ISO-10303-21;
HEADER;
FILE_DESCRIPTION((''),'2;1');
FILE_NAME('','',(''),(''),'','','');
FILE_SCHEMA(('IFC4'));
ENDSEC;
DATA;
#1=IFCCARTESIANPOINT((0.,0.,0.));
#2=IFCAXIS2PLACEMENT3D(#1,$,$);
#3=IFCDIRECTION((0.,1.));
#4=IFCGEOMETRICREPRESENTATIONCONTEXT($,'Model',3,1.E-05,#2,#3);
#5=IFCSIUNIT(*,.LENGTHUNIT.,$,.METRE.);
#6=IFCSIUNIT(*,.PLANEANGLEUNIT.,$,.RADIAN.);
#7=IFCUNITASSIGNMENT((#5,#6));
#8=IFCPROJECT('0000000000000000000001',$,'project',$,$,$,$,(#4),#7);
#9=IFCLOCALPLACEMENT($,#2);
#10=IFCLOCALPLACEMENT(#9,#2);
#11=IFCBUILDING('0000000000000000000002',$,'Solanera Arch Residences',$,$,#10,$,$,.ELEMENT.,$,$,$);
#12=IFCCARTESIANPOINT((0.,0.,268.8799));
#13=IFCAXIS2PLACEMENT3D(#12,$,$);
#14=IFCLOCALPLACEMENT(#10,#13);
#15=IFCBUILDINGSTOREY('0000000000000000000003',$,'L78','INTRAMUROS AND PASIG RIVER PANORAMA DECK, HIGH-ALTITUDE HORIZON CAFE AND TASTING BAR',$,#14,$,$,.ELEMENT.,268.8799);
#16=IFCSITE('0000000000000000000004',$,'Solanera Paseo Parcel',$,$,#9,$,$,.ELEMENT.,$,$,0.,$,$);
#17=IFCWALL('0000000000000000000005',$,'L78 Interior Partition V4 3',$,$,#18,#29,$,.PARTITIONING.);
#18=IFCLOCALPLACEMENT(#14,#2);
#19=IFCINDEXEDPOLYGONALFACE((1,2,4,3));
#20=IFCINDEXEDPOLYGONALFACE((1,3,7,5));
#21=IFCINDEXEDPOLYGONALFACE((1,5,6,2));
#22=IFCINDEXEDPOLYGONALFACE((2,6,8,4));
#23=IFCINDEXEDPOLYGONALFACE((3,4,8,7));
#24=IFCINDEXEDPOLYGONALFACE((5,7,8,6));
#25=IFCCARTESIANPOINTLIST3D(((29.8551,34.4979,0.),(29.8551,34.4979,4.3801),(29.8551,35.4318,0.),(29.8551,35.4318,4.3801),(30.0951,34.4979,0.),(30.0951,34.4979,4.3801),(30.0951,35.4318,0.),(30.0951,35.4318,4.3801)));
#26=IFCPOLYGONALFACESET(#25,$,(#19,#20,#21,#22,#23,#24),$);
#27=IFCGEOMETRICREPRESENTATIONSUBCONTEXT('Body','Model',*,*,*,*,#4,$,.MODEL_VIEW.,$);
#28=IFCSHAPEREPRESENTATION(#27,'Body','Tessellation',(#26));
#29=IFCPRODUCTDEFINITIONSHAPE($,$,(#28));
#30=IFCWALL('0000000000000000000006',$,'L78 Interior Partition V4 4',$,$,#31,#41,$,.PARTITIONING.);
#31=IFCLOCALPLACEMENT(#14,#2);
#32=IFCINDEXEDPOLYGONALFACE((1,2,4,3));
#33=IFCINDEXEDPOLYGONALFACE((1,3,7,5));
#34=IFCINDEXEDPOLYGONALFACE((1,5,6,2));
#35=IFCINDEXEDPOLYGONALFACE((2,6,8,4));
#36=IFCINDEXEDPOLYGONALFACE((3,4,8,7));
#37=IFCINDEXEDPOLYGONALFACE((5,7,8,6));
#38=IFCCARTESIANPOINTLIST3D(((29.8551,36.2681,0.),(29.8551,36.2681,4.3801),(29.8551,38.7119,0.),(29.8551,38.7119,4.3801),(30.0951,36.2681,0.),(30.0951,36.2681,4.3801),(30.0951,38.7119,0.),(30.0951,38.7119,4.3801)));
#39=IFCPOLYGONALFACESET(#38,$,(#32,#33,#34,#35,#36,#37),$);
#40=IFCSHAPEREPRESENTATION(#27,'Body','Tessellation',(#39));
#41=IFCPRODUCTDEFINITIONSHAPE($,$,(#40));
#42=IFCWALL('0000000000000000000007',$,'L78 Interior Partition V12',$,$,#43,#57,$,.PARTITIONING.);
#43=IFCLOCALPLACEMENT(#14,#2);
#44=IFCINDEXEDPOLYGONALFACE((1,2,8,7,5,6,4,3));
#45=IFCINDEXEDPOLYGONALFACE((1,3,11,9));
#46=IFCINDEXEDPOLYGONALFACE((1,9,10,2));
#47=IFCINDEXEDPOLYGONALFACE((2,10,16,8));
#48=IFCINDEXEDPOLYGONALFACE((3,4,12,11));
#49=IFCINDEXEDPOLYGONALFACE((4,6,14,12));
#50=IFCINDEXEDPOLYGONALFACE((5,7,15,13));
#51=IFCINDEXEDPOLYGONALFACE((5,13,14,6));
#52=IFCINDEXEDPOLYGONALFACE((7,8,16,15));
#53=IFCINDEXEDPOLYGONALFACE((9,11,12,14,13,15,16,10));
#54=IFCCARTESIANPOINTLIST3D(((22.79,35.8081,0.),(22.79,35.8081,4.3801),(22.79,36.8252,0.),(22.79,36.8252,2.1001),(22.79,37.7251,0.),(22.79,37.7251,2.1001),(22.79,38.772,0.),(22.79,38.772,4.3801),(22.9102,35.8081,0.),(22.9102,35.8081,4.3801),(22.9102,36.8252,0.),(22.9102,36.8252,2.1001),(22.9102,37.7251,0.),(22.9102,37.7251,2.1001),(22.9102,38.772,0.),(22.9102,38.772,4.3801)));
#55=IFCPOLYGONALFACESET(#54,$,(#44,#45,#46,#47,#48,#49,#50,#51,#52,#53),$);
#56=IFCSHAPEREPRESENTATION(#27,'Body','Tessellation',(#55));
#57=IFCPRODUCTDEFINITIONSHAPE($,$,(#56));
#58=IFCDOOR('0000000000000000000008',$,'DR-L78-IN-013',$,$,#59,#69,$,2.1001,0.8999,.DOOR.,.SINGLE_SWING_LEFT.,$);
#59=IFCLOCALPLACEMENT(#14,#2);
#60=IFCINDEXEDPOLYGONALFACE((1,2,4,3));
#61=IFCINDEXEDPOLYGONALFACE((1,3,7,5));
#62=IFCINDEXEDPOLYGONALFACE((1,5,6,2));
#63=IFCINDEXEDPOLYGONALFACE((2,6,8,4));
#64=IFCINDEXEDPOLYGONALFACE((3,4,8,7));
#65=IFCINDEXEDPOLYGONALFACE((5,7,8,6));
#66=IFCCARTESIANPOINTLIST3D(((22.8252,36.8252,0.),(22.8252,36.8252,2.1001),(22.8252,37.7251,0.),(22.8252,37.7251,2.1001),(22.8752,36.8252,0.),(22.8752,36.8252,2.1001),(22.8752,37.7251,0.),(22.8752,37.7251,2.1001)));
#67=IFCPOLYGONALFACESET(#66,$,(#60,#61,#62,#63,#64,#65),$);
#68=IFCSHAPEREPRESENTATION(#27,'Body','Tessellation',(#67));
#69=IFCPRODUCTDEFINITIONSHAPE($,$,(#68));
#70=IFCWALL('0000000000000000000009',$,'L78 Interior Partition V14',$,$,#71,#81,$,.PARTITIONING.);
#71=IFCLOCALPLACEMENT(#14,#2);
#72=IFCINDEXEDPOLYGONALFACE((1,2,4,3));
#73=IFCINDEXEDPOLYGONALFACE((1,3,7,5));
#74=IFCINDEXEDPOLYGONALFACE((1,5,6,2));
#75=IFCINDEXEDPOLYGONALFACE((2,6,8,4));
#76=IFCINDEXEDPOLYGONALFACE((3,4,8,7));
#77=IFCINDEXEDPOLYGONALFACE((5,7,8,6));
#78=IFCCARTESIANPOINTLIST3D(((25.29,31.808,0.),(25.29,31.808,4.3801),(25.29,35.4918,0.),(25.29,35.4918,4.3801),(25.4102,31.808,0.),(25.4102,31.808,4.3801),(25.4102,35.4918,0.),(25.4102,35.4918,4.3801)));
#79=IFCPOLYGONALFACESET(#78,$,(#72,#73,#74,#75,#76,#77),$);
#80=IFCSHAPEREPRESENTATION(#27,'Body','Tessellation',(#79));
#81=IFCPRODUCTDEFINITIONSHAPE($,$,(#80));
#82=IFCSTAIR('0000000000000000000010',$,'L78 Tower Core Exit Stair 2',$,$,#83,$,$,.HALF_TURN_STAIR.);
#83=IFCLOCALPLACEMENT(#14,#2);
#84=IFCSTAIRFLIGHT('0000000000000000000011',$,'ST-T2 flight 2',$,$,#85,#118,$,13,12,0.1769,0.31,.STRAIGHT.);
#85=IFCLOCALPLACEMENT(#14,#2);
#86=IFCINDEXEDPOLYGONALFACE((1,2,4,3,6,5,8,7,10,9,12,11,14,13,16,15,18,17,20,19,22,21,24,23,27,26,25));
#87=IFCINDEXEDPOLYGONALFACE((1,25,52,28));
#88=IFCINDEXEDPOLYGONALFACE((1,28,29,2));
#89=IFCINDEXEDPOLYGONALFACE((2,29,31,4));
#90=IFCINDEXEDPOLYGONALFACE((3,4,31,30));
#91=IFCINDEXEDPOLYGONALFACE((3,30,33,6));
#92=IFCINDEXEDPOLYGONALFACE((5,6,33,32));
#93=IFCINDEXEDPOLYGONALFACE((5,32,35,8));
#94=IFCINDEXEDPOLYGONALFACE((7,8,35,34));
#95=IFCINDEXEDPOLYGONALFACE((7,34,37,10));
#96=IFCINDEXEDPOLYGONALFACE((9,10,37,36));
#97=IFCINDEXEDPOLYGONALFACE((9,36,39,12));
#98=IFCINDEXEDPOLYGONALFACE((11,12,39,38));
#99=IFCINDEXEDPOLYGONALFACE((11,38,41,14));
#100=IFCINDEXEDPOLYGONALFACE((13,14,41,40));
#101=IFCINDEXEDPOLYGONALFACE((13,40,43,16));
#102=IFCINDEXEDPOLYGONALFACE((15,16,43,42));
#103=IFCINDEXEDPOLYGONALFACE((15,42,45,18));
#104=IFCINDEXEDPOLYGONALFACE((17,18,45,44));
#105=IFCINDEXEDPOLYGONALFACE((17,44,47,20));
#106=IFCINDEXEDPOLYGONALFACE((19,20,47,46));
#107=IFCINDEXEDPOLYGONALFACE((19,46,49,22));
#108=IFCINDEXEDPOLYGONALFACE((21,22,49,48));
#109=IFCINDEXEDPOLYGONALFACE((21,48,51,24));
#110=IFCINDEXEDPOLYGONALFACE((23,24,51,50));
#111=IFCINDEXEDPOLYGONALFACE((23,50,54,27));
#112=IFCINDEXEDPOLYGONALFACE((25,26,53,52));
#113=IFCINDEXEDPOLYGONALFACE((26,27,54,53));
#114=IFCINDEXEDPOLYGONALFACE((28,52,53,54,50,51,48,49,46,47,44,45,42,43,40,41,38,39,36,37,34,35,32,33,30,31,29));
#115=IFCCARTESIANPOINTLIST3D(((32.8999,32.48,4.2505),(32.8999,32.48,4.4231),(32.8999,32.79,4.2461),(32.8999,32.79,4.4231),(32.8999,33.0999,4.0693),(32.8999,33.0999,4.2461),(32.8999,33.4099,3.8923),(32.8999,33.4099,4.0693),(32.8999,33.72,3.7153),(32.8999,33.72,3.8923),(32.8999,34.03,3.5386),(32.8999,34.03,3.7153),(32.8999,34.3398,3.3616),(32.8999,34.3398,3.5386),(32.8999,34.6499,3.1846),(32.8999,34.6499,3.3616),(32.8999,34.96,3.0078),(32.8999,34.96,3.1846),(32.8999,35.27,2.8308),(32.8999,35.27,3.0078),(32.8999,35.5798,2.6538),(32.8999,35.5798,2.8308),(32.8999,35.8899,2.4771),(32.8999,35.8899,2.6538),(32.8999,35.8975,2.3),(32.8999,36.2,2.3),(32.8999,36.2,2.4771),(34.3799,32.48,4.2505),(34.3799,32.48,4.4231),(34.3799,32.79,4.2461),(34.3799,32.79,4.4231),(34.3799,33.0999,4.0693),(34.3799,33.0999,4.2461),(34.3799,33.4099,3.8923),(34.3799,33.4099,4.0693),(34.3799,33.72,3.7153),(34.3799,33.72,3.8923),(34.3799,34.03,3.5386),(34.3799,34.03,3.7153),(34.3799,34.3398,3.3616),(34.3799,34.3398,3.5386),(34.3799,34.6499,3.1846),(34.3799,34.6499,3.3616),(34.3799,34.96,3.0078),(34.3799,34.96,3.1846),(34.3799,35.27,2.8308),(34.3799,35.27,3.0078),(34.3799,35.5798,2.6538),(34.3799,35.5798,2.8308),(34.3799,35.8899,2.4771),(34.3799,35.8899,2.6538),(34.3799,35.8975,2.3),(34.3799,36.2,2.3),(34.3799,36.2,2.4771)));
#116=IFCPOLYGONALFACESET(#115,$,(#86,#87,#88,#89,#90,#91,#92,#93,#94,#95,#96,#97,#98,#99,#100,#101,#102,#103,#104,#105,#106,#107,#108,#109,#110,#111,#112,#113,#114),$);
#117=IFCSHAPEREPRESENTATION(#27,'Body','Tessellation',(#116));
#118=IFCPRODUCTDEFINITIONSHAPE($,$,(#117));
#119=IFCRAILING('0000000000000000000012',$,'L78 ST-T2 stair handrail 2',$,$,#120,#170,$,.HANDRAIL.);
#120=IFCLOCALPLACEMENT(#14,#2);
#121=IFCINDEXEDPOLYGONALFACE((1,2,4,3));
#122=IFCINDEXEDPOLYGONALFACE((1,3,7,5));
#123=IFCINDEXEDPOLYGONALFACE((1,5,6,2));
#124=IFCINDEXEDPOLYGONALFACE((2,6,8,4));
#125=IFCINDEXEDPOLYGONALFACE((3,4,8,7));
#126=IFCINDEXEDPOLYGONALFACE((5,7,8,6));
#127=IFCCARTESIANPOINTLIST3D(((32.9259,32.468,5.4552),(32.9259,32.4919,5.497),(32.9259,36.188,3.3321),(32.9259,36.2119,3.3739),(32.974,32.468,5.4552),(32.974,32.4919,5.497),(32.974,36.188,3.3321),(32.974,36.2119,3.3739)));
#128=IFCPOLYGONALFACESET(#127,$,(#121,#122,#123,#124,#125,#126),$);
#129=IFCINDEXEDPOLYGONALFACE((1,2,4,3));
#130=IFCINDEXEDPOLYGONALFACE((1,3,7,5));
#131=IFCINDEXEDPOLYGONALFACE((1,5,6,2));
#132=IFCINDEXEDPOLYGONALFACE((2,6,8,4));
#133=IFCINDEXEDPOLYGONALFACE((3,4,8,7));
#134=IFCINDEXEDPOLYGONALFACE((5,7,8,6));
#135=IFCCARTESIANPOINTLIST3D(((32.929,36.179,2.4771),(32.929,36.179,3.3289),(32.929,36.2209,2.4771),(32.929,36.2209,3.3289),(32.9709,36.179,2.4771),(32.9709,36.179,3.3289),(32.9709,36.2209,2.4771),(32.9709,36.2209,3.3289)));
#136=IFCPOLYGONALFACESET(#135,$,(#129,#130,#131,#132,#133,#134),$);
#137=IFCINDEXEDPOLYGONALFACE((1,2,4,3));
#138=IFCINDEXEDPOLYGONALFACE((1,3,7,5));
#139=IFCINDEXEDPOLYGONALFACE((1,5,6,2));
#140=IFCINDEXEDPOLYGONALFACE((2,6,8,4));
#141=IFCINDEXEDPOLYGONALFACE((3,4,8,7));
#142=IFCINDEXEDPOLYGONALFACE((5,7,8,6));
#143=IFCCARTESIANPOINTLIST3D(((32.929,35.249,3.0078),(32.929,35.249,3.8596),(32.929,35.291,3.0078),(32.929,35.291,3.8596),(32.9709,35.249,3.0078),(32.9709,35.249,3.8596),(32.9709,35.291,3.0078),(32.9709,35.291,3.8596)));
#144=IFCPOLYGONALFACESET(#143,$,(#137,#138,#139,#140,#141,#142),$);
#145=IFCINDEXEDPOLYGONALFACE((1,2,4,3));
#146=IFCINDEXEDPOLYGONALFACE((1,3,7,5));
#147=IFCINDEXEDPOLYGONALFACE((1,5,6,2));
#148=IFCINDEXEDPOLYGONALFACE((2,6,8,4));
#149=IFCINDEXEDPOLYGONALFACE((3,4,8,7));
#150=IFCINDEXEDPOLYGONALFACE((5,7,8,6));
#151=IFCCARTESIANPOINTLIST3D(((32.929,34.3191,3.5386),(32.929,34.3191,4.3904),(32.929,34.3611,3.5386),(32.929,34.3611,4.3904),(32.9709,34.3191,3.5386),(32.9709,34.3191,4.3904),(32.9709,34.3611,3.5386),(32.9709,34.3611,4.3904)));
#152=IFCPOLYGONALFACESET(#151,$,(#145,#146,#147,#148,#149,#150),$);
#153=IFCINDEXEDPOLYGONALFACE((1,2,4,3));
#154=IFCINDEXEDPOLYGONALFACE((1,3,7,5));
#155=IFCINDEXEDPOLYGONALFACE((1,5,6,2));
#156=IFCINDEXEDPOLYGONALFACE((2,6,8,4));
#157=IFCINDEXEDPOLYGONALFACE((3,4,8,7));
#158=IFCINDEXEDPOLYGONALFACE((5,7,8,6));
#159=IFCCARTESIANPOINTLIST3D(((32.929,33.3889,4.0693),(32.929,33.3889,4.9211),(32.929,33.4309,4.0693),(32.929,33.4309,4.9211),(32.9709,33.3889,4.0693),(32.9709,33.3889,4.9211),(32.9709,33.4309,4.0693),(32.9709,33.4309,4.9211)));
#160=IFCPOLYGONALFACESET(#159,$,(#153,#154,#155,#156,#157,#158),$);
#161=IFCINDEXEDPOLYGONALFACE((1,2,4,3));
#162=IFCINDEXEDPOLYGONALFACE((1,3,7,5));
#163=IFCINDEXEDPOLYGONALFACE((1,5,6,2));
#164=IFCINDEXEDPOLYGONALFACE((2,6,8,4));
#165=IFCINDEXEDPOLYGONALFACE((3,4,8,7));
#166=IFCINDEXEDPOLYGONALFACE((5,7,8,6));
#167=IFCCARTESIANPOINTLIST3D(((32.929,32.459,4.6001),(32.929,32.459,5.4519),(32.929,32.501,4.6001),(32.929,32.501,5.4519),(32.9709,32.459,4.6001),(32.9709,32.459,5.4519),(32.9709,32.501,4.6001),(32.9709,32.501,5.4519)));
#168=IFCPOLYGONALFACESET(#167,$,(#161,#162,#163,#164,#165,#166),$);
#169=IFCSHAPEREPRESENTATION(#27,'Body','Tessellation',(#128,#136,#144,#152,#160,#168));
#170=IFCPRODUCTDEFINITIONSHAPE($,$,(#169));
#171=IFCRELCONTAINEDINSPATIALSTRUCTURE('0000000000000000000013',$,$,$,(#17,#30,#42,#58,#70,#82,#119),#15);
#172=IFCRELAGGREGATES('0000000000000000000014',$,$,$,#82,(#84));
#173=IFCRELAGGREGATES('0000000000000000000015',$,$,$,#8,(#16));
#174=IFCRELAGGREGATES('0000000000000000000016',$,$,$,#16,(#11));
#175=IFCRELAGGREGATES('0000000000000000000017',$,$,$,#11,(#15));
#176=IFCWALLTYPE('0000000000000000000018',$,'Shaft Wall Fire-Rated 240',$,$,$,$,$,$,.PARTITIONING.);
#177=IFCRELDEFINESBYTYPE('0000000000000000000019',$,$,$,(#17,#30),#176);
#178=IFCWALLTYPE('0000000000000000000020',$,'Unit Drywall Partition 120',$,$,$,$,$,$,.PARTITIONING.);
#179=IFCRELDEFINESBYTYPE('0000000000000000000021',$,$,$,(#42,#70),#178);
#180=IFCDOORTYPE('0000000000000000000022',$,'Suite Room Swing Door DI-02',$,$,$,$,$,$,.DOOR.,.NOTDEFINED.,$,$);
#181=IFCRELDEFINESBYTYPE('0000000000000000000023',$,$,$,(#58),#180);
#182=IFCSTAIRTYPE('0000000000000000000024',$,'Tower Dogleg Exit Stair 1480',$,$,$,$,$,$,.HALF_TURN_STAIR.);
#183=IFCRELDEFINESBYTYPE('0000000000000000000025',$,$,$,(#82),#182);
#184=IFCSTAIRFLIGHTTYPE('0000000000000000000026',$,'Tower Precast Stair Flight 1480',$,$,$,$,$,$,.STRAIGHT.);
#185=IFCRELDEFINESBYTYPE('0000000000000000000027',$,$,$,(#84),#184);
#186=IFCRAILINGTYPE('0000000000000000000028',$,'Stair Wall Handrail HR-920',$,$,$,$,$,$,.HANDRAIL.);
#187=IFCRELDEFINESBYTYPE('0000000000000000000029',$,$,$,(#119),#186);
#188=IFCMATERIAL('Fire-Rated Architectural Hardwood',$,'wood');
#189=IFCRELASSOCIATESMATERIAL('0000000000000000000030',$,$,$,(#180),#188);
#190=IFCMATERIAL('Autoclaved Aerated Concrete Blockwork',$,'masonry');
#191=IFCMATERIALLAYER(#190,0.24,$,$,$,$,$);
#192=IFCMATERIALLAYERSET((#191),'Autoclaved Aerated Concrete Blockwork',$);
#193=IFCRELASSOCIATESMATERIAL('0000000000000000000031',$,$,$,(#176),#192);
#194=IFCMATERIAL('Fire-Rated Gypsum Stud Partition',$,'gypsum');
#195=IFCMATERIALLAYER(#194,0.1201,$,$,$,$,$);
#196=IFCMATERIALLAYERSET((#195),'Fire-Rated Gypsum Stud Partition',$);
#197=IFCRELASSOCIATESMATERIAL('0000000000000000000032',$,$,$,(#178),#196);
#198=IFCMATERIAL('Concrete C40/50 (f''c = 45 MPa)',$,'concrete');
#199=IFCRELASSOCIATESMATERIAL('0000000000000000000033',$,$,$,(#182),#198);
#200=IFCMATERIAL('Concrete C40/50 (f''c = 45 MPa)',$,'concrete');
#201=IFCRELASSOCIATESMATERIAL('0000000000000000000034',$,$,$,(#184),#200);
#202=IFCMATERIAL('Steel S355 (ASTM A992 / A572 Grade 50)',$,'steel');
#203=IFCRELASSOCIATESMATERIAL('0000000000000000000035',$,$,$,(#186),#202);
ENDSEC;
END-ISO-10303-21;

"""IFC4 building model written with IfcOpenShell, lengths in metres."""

from ifc_helpers import new_model, si_unit, direction, frame, frame_2d, origin, origin_2d, place, context, subcontext, project, spatial, polyline, rectangle, outline, extrude, material, layer, layer_set, type_object, element, fill, aggregate, save


model = new_model("IFC4")

# Units and contexts
model_context = context("Model", 3, precision=1e-05, world=origin(), true_north=direction((0.0, 1.0)))
body_context = subcontext(model_context, "Body", "Model", "MODEL_VIEW")
ifc_project = project(units=[si_unit("LENGTHUNIT", "METRE"), si_unit("PLANEANGLEUNIT", "RADIAN")], contexts=[model_context])

# Site, building, storey
site_placement = place(None, origin())
site = spatial("IfcSite", under=ifc_project, at=site_placement, Name="Solanera Paseo Parcel", CompositionType="ELEMENT", RefElevation=0.0)
building_placement = place(site_placement, origin())
building = spatial("IfcBuilding", under=site, at=building_placement, Name="Solanera Arch Residences", CompositionType="ELEMENT")
storey_placement = place(building_placement, frame((0.0, 0.0, 268.8799)))
storey = spatial("IfcBuildingStorey", under=building, at=storey_placement, Name="L78", Description="INTRAMUROS AND PASIG RIVER PANORAMA DECK, HIGH-ALTITUDE HORIZON CAFE AND TASTING BAR", CompositionType="ELEMENT", Elevation=268.8799)

# Shared definitions
ifc_material_1 = material(Name="Fire-Rated Architectural Hardwood", Category="wood")
door_type_1 = type_object("IfcDoorType", Name="Suite Room Swing Door DI-02", OperationType="NOTDEFINED", PredefinedType="DOOR", material=ifc_material_1)
ifc_material_2 = material(Name="Autoclaved Aerated Concrete Blockwork", Category="masonry")
ifc_layer_1 = layer(ifc_material_2, 0.24)
ifc_layer_set_1 = layer_set([ifc_layer_1], Name="Autoclaved Aerated Concrete Blockwork")
wall_type_1 = type_object("IfcWallType", Name="Shaft Wall Fire-Rated 240", PredefinedType="PARTITIONING", material=ifc_layer_set_1)

# Walls
wall_1_placement = place(storey_placement, frame((29.9751, 34.498, 0.0), z_axis=(0.0, 0.0, 1.0), x_axis=(0.0, 1.0, 0.0)))
element("IfcWall", 1, at=wall_1_placement, inside=storey, type_object=wall_type_1, Name="L78 Interior Partition V4 3", PredefinedType="PARTITIONING", context=body_context, shape_type="SweptSolid", body=[
    extrude(rectangle(XDim=0.9338, YDim=0.24, at=frame_2d((0.4668, 0.0))), origin(), (0.0, 0.0, 1.0), 4.3801),
])
wall_2_placement = place(storey_placement, frame((29.9751, 36.2681, 0.0), z_axis=(0.0, 0.0, 1.0), x_axis=(0.0, 1.0, 0.0)))
element("IfcWall", 2, at=wall_2_placement, inside=storey, type_object=wall_type_1, Name="L78 Interior Partition V4 4", PredefinedType="PARTITIONING", context=body_context, shape_type="SweptSolid", body=[
    extrude(rectangle(XDim=2.4438, YDim=0.24, at=frame_2d((1.2219, 0.0))), origin(), (0.0, 0.0, 1.0), 4.3801),
])

# Wall, opening, door
ifc_material_3 = material(Name="Fire-Rated Gypsum Stud Partition", Category="gypsum")
ifc_layer_2 = layer(ifc_material_3, 0.1201)
ifc_layer_set_2 = layer_set([ifc_layer_2], Name="Fire-Rated Gypsum Stud Partition")
wall_type_2 = type_object("IfcWallType", Name="Unit Drywall Partition 120", PredefinedType="PARTITIONING", material=ifc_layer_set_2)
wall_3_placement = place(storey_placement, frame((22.8501, 35.8081, 0.0), z_axis=(0.0, 0.0, 1.0), x_axis=(0.0, 1.0, 0.0)))
wall_3 = element("IfcWall", 3, at=wall_3_placement, inside=storey, type_object=wall_type_2, Name="L78 Interior Partition V12", PredefinedType="PARTITIONING", context=body_context, shape_type="SweptSolid", body=[
    extrude(rectangle(XDim=2.9639, YDim=0.1201, at=frame_2d((1.4819, 0.0))), origin(), (0.0, 0.0, 1.0), 4.3801),
])
opening_1_placement = place(wall_3_placement, frame((1.0171, 0.0, 0.0)))
opening_1 = element("IfcOpeningElement", 4, at=opening_1_placement, cuts=wall_3, PredefinedType="OPENING", context=body_context, shape_type="SweptSolid", body=[
    extrude(rectangle(XDim=0.8999, YDim=2.1001, at=frame_2d((0.45, 1.05))), frame((0.0, 0.0701, 0.0), z_axis=(0.0, -1.0, 0.0), x_axis=(1.0, 0.0, 0.0)), (0.0, 0.0, 1.0), 0.1401),
])
door_1_placement = place(opening_1_placement, origin())
door_1 = element("IfcDoor", 5, at=door_1_placement, inside=storey, type_object=door_type_1, Name="DR-L78-IN-013", OperationType="SINGLE_SWING_LEFT", OverallHeight=2.1001, OverallWidth=0.8999, PredefinedType="DOOR", context=body_context, shape_type="SweptSolid", body=[
    extrude(rectangle(XDim=0.8999, YDim=2.1001, at=frame_2d((0.45, 1.05))), frame((0.0, 0.0249, 0.0), z_axis=(0.0, -1.0, 0.0), x_axis=(1.0, 0.0, 0.0)), (0.0, 0.0, 1.0), 0.05),
])
fill(opening_1, door_1)

# Wall
wall_4_placement = place(storey_placement, frame((25.3501, 31.8081, 0.0), z_axis=(0.0, 0.0, 1.0), x_axis=(0.0, 1.0, 0.0)))
element("IfcWall", 6, at=wall_4_placement, inside=storey, type_object=wall_type_2, Name="L78 Interior Partition V14", PredefinedType="PARTITIONING", context=body_context, shape_type="SweptSolid", body=[
    extrude(rectangle(XDim=3.6838, YDim=0.1201, at=frame_2d((1.8418, 0.0))), origin(), (0.0, 0.0, 1.0), 4.3801),
])

# Stair, stair flight
ifc_material_4 = material(Name="Concrete C40/50 (f'c = 45 MPa)", Category="concrete")
stair_type = type_object("IfcStairType", Name="Tower Dogleg Exit Stair 1480", PredefinedType="HALF_TURN_STAIR", material=ifc_material_4)
stair_placement = place(storey_placement, origin())
stair = element("IfcStair", 7, at=stair_placement, inside=storey, type_object=stair_type, Name="L78 Tower Core Exit Stair 2", PredefinedType="HALF_TURN_STAIR")
ifc_material_5 = material(Name="Concrete C40/50 (f'c = 45 MPa)", Category="concrete")
stair_flight_type = type_object("IfcStairFlightType", Name="Tower Precast Stair Flight 1480", PredefinedType="STRAIGHT", material=ifc_material_5)
stair_flight_placement = place(storey_placement, frame((33.6399, 36.2, 2.3), z_axis=(0.0, 0.0, 1.0), x_axis=(0.0, -1.0, 0.0)))
stair_flight = element("IfcStairFlight", 8, at=stair_flight_placement, type_object=stair_flight_type, Name="ST-T2 flight 2", NumberOfRisers=13, NumberOfTreads=12, PredefinedType="STRAIGHT", RiserHeight=0.1769, TreadLength=0.31, context=body_context, shape_type="SweptSolid", body=[
    extrude(outline(polyline([(0.0, 0.0), (0.0, 0.177), (0.3101, 0.177), (0.3101, 0.3538), (0.6201, 0.3538), (0.6201, 0.5308), (0.9299, 0.5308), (0.9299, 0.7078), (1.24, 0.7078), (1.24, 0.8845), (1.55, 0.8845), (1.55, 1.0615), (1.8601, 1.0615), (1.8601, 1.2385), (2.1699, 1.2385), (2.1699, 1.4153), (2.48, 1.4153), (2.48, 1.5923), (2.79, 1.5923), (2.79, 1.7693), (3.1001, 1.7693), (3.1001, 1.946), (3.4099, 1.946), (3.4099, 2.123), (3.72, 2.123), (3.72, 2.3), (3.72, 1.9504), (0.3025, 0.0), (0.0, 0.0)])), frame((0.0, 0.74, 0.0), z_axis=(0.0, -1.0, 0.0), x_axis=(1.0, 0.0, 0.0)), (0.0, 0.0, 1.0), 1.48),
])
aggregate(stair, [stair_flight])

# Railing
ifc_material_6 = material(Name="Steel S355 (ASTM A992 / A572 Grade 50)", Category="steel")
railing_type = type_object("IfcRailingType", Name="Stair Wall Handrail HR-920", PredefinedType="HANDRAIL", material=ifc_material_6)
railing_placement = place(storey_placement, frame((32.95, 36.2, 2.4771)))
element("IfcRailing", 9, at=railing_placement, inside=storey, type_object=railing_type, Name="L78 ST-T2 stair handrail 2", PredefinedType="HANDRAIL", context=body_context, shape_type="SweptSolid", body=[
    extrude(rectangle(XDim=0.0481, YDim=0.0481, at=origin_2d()), frame((0.0, 0.0, 0.876), z_axis=(0.0, -0.86851, 0.495672), x_axis=(1.0, 0.0, 0.0)), (0.0, 0.0, 1.0), 4.2832),
    extrude(rectangle(XDim=0.042, YDim=0.042, at=origin_2d()), origin(), (0.0, 0.0, 1.0), 0.8518),
    extrude(rectangle(XDim=0.042, YDim=0.042, at=origin_2d()), frame((0.0, -0.9299, 0.5308)), (0.0, 0.0, 1.0), 0.8518),
    extrude(rectangle(XDim=0.042, YDim=0.042, at=origin_2d()), frame((0.0, -1.8599, 1.0615)), (0.0, 0.0, 1.0), 0.8518),
    extrude(rectangle(XDim=0.042, YDim=0.042, at=origin_2d()), frame((0.0, -2.79, 1.5923)), (0.0, 0.0, 1.0), 0.8518),
    extrude(rectangle(XDim=0.042, YDim=0.042, at=origin_2d()), frame((0.0, -3.72, 2.123)), (0.0, 0.0, 1.0), 0.8518),
])

save(model, "model.ifc")
